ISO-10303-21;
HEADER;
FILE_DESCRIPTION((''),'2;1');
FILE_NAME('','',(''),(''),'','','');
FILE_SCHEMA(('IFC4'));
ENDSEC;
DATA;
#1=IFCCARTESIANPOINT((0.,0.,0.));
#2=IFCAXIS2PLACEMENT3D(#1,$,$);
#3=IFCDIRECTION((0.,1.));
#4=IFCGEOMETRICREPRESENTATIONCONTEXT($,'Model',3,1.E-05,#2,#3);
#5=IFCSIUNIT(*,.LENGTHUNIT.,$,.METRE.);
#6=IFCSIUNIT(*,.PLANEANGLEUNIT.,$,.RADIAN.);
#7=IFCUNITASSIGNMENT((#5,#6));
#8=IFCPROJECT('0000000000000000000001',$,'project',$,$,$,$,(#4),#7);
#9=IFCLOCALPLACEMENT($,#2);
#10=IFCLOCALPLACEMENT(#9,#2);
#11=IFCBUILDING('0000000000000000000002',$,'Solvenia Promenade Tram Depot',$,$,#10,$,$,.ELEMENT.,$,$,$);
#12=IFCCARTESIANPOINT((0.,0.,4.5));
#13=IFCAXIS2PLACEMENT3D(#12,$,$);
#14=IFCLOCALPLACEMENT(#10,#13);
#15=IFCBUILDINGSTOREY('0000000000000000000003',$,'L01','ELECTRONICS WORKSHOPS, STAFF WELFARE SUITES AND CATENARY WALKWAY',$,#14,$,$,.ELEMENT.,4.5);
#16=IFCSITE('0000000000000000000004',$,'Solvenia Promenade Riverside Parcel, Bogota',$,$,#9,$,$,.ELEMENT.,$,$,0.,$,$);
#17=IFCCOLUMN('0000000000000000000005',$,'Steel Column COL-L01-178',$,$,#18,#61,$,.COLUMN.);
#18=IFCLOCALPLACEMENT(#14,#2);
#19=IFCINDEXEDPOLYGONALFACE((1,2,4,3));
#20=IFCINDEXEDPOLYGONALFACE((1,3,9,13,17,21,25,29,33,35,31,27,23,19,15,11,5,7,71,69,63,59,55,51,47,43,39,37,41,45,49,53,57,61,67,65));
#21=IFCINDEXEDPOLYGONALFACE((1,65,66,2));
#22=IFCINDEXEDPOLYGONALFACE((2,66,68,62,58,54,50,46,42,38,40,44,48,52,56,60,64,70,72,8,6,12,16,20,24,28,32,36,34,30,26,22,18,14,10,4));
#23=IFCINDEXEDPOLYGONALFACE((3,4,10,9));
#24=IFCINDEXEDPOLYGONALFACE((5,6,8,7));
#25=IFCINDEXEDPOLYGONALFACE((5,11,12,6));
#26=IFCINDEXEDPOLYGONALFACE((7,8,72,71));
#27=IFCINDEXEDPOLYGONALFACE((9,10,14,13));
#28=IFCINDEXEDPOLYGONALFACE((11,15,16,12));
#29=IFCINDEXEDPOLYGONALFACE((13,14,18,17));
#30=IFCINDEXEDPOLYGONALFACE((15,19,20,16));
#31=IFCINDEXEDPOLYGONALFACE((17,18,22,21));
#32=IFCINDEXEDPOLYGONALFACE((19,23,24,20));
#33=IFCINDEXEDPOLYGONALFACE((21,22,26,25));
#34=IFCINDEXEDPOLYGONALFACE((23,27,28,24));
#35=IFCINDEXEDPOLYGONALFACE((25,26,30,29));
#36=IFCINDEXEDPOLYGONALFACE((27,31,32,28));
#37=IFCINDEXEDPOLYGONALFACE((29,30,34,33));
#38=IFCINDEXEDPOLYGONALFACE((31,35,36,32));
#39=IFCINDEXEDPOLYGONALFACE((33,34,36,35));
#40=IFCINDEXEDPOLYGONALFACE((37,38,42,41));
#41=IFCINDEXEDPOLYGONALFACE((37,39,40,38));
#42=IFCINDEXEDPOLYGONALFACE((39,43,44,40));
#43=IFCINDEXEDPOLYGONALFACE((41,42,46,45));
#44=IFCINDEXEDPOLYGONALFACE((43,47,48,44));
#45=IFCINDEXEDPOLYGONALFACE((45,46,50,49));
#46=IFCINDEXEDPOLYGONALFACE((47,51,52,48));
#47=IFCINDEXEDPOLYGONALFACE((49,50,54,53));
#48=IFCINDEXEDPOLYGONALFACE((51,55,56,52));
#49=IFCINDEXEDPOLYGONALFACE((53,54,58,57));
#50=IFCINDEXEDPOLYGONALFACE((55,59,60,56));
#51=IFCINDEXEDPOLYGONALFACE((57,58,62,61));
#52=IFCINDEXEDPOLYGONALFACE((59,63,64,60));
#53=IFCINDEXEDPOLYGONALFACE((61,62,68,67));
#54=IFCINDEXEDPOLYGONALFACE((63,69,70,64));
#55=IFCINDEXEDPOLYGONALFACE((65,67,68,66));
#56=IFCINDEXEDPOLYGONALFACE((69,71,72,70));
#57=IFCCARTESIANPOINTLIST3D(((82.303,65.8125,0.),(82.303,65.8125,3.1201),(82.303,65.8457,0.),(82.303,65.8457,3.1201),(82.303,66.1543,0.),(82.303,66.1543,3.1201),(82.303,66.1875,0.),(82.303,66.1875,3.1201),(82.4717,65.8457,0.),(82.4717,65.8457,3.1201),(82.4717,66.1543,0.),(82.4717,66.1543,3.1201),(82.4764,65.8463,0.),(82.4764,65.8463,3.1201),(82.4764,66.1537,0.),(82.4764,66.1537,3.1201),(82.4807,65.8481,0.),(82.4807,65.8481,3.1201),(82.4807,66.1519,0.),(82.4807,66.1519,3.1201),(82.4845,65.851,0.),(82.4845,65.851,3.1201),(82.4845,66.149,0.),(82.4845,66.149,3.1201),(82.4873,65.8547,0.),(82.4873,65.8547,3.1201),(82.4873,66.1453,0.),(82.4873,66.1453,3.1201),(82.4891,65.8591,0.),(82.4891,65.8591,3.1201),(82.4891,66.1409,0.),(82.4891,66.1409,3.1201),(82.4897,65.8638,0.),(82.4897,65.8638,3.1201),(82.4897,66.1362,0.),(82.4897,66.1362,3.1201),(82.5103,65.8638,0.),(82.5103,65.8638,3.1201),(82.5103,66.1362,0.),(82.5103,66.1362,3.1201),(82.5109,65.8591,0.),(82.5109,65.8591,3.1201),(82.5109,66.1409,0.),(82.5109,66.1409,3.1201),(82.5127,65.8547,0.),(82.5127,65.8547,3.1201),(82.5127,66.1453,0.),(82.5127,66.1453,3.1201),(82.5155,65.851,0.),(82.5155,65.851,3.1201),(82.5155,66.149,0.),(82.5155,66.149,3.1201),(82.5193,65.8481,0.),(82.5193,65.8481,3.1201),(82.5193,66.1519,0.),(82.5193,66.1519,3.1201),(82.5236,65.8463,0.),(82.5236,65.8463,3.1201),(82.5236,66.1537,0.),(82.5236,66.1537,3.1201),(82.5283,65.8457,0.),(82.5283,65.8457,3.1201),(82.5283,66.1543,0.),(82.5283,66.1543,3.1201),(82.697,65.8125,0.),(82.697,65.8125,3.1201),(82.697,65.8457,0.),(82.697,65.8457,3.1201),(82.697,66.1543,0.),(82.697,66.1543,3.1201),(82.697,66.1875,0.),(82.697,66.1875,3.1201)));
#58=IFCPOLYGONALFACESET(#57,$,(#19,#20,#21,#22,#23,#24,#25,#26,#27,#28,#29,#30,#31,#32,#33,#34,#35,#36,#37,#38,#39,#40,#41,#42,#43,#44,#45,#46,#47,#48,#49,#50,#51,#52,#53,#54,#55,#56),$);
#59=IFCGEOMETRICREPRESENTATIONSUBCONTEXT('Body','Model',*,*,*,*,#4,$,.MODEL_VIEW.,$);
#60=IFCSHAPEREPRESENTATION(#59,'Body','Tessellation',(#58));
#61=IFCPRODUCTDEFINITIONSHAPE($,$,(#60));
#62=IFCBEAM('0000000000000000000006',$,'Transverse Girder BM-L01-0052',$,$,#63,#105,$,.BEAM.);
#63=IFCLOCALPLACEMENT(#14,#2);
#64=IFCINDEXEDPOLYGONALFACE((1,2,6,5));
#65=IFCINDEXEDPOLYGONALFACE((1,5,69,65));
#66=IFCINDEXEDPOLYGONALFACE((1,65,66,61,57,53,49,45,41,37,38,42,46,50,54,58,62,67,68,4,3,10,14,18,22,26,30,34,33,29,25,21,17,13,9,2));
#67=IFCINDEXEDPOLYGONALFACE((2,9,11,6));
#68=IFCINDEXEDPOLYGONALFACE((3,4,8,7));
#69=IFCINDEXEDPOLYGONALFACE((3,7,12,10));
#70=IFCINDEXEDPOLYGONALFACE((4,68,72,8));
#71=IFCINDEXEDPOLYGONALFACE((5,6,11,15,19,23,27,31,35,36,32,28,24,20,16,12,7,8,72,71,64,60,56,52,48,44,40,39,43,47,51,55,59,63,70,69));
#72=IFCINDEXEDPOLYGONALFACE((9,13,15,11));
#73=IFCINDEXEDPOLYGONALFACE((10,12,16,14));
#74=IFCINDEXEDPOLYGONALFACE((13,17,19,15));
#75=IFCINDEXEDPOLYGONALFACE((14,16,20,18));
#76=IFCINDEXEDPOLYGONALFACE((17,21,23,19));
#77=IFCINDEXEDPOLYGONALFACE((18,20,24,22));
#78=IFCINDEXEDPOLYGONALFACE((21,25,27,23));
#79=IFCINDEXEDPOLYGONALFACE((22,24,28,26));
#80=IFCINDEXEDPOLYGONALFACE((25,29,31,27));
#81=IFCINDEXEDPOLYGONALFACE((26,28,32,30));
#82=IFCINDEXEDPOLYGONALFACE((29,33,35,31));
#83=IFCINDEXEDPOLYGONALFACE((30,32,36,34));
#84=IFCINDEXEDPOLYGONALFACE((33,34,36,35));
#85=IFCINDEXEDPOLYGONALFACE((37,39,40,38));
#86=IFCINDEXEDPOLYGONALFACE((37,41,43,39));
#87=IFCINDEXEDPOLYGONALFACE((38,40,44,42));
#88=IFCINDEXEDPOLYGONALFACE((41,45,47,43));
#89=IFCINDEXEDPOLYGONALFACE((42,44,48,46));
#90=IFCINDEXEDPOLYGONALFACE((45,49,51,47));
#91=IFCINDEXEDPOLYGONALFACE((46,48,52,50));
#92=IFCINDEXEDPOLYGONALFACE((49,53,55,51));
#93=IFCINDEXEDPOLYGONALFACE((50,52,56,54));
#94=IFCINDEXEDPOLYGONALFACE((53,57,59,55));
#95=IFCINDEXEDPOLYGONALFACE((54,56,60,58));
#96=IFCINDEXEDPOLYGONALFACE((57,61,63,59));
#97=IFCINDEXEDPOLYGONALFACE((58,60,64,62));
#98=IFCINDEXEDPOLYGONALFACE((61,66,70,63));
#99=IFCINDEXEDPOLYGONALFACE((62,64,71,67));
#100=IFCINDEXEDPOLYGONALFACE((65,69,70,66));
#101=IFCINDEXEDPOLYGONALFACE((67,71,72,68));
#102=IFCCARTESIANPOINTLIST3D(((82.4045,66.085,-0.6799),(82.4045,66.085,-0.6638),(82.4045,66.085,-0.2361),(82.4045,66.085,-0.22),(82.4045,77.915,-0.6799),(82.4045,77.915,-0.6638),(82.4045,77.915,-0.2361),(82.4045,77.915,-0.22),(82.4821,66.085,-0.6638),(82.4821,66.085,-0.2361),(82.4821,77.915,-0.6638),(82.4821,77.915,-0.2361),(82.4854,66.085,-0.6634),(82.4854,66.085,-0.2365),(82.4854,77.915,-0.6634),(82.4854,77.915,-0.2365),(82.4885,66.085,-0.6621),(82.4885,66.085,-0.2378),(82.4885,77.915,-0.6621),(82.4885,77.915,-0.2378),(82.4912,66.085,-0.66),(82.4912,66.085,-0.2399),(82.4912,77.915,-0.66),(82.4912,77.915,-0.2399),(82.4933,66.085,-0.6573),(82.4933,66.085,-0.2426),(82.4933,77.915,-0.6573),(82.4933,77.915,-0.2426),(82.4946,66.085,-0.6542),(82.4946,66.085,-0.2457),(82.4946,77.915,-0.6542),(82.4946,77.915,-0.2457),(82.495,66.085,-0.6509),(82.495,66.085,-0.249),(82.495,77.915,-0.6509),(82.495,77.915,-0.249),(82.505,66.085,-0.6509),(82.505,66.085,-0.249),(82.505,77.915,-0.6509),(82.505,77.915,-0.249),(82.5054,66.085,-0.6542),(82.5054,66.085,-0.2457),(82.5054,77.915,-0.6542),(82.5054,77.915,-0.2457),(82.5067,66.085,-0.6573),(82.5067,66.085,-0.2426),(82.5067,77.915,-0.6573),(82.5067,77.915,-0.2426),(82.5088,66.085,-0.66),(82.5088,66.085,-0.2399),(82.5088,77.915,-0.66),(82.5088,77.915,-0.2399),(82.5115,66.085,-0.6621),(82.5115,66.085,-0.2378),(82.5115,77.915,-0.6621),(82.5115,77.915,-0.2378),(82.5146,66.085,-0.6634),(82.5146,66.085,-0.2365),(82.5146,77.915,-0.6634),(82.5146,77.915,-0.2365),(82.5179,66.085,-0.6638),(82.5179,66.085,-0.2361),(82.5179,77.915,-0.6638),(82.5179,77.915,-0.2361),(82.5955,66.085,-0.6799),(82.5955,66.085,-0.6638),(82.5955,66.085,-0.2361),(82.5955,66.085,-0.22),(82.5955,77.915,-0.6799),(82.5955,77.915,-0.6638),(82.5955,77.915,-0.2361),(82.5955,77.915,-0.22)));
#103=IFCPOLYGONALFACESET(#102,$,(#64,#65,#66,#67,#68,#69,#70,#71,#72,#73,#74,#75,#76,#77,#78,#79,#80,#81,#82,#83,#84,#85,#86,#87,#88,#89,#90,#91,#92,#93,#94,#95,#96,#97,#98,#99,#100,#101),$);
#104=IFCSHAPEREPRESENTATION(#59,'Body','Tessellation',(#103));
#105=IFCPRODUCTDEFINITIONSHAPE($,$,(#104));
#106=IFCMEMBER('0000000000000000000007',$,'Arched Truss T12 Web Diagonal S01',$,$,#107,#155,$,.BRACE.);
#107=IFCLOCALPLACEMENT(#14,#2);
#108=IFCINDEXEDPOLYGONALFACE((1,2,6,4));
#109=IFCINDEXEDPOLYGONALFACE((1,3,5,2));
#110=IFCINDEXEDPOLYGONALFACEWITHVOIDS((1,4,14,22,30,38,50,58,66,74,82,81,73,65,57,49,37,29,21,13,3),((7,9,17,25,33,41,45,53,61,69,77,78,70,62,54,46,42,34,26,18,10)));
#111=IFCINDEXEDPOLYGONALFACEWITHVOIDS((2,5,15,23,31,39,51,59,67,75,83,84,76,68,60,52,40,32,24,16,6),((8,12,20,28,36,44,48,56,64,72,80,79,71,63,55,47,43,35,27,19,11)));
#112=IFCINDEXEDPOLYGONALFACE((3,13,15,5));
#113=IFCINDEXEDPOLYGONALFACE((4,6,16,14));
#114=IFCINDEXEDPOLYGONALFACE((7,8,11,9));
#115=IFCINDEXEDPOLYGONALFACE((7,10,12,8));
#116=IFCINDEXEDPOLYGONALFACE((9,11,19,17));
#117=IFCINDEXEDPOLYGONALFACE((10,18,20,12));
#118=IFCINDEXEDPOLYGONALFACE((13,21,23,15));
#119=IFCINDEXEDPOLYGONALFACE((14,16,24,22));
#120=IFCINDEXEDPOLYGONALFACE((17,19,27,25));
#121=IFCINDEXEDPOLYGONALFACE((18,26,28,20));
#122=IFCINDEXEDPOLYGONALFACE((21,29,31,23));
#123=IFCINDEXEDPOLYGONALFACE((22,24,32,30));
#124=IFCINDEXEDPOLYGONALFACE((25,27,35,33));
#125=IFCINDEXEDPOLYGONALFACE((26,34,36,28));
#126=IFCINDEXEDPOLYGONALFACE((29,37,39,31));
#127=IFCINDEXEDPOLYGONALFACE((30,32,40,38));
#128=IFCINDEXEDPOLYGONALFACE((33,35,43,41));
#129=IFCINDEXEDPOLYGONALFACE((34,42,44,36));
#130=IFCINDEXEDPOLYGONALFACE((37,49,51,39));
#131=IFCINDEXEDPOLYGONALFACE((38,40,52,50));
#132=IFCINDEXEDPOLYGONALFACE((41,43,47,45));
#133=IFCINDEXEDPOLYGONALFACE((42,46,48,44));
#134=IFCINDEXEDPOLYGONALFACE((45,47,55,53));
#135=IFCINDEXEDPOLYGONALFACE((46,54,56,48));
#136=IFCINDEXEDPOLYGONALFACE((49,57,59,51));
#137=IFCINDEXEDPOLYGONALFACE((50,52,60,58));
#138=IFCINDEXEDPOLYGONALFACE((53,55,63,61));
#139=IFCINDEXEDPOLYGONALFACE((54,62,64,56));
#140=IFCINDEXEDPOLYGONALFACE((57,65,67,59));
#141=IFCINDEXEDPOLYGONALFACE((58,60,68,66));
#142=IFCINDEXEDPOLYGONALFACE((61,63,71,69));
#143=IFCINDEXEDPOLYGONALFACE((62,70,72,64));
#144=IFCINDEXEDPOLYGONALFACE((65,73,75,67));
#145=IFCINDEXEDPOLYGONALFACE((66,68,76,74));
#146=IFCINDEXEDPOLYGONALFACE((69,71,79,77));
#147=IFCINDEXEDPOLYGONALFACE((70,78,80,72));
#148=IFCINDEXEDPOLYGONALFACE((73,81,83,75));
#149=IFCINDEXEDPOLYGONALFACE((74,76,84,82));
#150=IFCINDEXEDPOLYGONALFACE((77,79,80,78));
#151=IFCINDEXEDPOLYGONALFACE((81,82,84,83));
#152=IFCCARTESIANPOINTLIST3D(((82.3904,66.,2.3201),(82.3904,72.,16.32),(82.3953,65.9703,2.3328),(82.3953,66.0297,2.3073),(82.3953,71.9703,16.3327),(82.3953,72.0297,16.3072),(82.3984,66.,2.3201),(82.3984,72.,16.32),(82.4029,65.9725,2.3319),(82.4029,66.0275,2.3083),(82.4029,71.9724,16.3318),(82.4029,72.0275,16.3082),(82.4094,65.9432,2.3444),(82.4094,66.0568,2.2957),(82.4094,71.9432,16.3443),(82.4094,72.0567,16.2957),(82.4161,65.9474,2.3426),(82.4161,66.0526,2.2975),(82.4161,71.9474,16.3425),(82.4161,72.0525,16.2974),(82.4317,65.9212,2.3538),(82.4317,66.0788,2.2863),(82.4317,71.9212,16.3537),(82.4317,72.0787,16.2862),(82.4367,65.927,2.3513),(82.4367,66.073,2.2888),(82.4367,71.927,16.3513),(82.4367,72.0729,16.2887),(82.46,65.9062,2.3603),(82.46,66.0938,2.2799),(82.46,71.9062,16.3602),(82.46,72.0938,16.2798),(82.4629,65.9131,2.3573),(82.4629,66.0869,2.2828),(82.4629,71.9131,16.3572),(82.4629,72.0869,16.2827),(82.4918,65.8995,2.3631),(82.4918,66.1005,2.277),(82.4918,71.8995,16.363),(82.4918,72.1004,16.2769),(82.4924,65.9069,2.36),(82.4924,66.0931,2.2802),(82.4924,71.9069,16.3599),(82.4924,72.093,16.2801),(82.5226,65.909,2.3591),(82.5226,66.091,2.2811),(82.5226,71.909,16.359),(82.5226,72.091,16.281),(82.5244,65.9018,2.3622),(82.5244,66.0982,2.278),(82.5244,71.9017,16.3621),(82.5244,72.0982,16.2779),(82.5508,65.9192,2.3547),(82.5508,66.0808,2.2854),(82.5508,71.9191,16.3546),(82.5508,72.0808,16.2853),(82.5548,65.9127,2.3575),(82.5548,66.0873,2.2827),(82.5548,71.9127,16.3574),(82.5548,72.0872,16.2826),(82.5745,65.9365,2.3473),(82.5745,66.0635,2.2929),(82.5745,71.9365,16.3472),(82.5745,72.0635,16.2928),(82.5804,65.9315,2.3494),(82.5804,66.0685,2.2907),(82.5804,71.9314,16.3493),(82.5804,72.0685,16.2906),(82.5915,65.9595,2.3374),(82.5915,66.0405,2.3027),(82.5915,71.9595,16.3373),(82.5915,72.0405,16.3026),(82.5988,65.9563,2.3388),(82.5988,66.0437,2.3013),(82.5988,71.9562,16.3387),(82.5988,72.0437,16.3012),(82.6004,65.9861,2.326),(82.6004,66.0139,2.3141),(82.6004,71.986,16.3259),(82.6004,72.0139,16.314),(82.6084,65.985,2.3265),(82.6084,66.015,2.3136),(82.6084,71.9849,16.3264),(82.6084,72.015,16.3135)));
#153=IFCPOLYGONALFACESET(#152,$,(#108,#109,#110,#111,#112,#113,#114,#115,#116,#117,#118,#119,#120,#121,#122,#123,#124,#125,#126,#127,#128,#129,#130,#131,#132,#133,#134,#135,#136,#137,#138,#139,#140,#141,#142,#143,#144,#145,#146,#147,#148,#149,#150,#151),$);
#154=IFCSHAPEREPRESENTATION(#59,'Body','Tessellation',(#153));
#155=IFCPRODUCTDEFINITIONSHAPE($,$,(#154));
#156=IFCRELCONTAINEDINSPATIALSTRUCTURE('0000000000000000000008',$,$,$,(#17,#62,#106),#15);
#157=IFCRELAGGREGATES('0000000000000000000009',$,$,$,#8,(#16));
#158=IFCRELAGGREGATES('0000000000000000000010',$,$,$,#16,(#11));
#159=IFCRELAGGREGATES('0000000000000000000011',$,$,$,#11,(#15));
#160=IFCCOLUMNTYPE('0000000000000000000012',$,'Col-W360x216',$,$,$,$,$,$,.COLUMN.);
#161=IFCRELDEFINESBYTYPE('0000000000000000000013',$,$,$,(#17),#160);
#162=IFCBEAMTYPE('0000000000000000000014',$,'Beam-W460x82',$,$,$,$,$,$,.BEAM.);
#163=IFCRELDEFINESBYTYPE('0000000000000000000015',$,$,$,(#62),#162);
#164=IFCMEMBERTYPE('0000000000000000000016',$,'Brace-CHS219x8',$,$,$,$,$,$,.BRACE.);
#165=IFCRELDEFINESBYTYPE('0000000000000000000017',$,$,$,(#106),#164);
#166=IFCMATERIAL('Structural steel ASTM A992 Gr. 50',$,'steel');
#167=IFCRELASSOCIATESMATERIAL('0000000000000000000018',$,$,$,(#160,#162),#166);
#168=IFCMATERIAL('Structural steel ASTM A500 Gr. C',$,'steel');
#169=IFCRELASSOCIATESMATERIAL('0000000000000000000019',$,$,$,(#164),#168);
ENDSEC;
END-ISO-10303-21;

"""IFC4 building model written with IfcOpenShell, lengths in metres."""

from ifc_helpers import new_model, si_unit, direction, frame, origin, origin_2d, place, context, subcontext, project, spatial, hollow_circle, i_section, extrude, material, material_profile, profile_set, type_object, element, save


model = new_model("IFC4")

# Units and contexts
model_context = context("Model", 3, precision=1e-05, world=origin(), true_north=direction((0.0, 1.0)))
body_context = subcontext(model_context, "Body", "Model", "MODEL_VIEW")
ifc_project = project(units=[si_unit("LENGTHUNIT", "METRE"), si_unit("PLANEANGLEUNIT", "RADIAN")], contexts=[model_context])

# Site, building, storey
site_placement = place(None, origin())
site = spatial("IfcSite", under=ifc_project, at=site_placement, Name="Solvenia Promenade Riverside Parcel, Bogota", CompositionType="ELEMENT", RefElevation=0.0)
building_placement = place(site_placement, origin())
building = spatial("IfcBuilding", under=site, at=building_placement, Name="Solvenia Promenade Tram Depot", CompositionType="ELEMENT")
storey_placement = place(building_placement, frame((0.0, 0.0, 4.5)))
storey = spatial("IfcBuildingStorey", under=building, at=storey_placement, Name="L01", Description="ELECTRONICS WORKSHOPS, STAFF WELFARE SUITES AND CATENARY WALKWAY", CompositionType="ELEMENT", Elevation=4.5)

# Column
ifc_material_1 = material(Name="Structural steel ASTM A992 Gr. 50", Category="steel")
ifc_material_profile_1 = material_profile(ifc_material_1, i_section(OverallWidth=0.394, OverallDepth=0.375, WebThickness=0.0205, FlangeThickness=0.0332, FilletRadius=0.0181, at=origin_2d()), Name="W360x216", Category="steel")
ifc_profile_set_1 = profile_set([ifc_material_profile_1], Name="Structural steel ASTM A992 Gr. 50")
column_type = type_object("IfcColumnType", Name="Col-W360x216", PredefinedType="COLUMN", material=ifc_profile_set_1)
column_placement = place(storey_placement, frame((82.5, 66.0, 0.0), z_axis=(0.0, 0.0, 1.0), x_axis=(1.0, 0.0, 0.0)))
element("IfcColumn", 1, at=column_placement, inside=storey, type_object=column_type, Name="Steel Column COL-L01-178", PredefinedType="COLUMN", context=body_context, shape_type="SweptSolid", body=[
    extrude(i_section(OverallWidth=0.394, OverallDepth=0.375, WebThickness=0.0205, FlangeThickness=0.0332, FilletRadius=0.0181, at=origin_2d()), origin(), (0.0, 0.0, 1.0), 3.1201),
])

# Beam
ifc_material_profile_2 = material_profile(ifc_material_1, i_section(OverallWidth=0.1909, OverallDepth=0.46, WebThickness=0.01, FlangeThickness=0.0161, FilletRadius=0.0129, at=origin_2d()), Name="W460x82", Category="steel")
ifc_profile_set_2 = profile_set([ifc_material_profile_2], Name="Structural steel ASTM A992 Gr. 50")
beam_type_1 = type_object("IfcBeamType", Name="Beam-W460x82", PredefinedType="BEAM", material=ifc_profile_set_2)
beam_1_placement = place(storey_placement, frame((82.5, 66.085, -0.45), z_axis=(0.0, 1.0, 0.0), x_axis=(-1.0, 0.0, 0.0)))
element("IfcBeam", 2, at=beam_1_placement, inside=storey, type_object=beam_type_1, Name="Transverse Girder BM-L01-0052", PredefinedType="BEAM", context=body_context, shape_type="SweptSolid", body=[
    extrude(i_section(OverallWidth=0.1909, OverallDepth=0.46, WebThickness=0.01, FlangeThickness=0.0161, FilletRadius=0.0129, at=origin_2d()), origin(), (0.0, 0.0, 1.0), 11.8301),
])

# Member
ifc_material_2 = material(Name="Structural steel ASTM A500 Gr. C", Category="steel")
ifc_material_profile_3 = material_profile(ifc_material_2, hollow_circle(Radius=0.1096, WallThickness=0.0081, at=origin_2d()), Name="CHS219.1x8", Category="steel")
ifc_profile_set_3 = profile_set([ifc_material_profile_3], Name="Structural steel ASTM A500 Gr. C")
member_type_1 = type_object("IfcMemberType", Name="Brace-CHS219x8", PredefinedType="BRACE", material=ifc_profile_set_3)
member_1_placement = place(storey_placement, frame((82.5, 66.0, 2.3201), z_axis=(0.0, 0.393919, 0.919145), x_axis=(-1.0, 0.0, 0.0)))
element("IfcMember", 3, at=member_1_placement, inside=storey, type_object=member_type_1, Name="Arched Truss T12 Web Diagonal S01", PredefinedType="BRACE", context=body_context, shape_type="SweptSolid", body=[
    extrude(hollow_circle(Radius=0.1096, WallThickness=0.0081, at=origin_2d()), origin(), (0.0, 0.0, 1.0), 15.2314),
])

save(model, "model.ifc")
